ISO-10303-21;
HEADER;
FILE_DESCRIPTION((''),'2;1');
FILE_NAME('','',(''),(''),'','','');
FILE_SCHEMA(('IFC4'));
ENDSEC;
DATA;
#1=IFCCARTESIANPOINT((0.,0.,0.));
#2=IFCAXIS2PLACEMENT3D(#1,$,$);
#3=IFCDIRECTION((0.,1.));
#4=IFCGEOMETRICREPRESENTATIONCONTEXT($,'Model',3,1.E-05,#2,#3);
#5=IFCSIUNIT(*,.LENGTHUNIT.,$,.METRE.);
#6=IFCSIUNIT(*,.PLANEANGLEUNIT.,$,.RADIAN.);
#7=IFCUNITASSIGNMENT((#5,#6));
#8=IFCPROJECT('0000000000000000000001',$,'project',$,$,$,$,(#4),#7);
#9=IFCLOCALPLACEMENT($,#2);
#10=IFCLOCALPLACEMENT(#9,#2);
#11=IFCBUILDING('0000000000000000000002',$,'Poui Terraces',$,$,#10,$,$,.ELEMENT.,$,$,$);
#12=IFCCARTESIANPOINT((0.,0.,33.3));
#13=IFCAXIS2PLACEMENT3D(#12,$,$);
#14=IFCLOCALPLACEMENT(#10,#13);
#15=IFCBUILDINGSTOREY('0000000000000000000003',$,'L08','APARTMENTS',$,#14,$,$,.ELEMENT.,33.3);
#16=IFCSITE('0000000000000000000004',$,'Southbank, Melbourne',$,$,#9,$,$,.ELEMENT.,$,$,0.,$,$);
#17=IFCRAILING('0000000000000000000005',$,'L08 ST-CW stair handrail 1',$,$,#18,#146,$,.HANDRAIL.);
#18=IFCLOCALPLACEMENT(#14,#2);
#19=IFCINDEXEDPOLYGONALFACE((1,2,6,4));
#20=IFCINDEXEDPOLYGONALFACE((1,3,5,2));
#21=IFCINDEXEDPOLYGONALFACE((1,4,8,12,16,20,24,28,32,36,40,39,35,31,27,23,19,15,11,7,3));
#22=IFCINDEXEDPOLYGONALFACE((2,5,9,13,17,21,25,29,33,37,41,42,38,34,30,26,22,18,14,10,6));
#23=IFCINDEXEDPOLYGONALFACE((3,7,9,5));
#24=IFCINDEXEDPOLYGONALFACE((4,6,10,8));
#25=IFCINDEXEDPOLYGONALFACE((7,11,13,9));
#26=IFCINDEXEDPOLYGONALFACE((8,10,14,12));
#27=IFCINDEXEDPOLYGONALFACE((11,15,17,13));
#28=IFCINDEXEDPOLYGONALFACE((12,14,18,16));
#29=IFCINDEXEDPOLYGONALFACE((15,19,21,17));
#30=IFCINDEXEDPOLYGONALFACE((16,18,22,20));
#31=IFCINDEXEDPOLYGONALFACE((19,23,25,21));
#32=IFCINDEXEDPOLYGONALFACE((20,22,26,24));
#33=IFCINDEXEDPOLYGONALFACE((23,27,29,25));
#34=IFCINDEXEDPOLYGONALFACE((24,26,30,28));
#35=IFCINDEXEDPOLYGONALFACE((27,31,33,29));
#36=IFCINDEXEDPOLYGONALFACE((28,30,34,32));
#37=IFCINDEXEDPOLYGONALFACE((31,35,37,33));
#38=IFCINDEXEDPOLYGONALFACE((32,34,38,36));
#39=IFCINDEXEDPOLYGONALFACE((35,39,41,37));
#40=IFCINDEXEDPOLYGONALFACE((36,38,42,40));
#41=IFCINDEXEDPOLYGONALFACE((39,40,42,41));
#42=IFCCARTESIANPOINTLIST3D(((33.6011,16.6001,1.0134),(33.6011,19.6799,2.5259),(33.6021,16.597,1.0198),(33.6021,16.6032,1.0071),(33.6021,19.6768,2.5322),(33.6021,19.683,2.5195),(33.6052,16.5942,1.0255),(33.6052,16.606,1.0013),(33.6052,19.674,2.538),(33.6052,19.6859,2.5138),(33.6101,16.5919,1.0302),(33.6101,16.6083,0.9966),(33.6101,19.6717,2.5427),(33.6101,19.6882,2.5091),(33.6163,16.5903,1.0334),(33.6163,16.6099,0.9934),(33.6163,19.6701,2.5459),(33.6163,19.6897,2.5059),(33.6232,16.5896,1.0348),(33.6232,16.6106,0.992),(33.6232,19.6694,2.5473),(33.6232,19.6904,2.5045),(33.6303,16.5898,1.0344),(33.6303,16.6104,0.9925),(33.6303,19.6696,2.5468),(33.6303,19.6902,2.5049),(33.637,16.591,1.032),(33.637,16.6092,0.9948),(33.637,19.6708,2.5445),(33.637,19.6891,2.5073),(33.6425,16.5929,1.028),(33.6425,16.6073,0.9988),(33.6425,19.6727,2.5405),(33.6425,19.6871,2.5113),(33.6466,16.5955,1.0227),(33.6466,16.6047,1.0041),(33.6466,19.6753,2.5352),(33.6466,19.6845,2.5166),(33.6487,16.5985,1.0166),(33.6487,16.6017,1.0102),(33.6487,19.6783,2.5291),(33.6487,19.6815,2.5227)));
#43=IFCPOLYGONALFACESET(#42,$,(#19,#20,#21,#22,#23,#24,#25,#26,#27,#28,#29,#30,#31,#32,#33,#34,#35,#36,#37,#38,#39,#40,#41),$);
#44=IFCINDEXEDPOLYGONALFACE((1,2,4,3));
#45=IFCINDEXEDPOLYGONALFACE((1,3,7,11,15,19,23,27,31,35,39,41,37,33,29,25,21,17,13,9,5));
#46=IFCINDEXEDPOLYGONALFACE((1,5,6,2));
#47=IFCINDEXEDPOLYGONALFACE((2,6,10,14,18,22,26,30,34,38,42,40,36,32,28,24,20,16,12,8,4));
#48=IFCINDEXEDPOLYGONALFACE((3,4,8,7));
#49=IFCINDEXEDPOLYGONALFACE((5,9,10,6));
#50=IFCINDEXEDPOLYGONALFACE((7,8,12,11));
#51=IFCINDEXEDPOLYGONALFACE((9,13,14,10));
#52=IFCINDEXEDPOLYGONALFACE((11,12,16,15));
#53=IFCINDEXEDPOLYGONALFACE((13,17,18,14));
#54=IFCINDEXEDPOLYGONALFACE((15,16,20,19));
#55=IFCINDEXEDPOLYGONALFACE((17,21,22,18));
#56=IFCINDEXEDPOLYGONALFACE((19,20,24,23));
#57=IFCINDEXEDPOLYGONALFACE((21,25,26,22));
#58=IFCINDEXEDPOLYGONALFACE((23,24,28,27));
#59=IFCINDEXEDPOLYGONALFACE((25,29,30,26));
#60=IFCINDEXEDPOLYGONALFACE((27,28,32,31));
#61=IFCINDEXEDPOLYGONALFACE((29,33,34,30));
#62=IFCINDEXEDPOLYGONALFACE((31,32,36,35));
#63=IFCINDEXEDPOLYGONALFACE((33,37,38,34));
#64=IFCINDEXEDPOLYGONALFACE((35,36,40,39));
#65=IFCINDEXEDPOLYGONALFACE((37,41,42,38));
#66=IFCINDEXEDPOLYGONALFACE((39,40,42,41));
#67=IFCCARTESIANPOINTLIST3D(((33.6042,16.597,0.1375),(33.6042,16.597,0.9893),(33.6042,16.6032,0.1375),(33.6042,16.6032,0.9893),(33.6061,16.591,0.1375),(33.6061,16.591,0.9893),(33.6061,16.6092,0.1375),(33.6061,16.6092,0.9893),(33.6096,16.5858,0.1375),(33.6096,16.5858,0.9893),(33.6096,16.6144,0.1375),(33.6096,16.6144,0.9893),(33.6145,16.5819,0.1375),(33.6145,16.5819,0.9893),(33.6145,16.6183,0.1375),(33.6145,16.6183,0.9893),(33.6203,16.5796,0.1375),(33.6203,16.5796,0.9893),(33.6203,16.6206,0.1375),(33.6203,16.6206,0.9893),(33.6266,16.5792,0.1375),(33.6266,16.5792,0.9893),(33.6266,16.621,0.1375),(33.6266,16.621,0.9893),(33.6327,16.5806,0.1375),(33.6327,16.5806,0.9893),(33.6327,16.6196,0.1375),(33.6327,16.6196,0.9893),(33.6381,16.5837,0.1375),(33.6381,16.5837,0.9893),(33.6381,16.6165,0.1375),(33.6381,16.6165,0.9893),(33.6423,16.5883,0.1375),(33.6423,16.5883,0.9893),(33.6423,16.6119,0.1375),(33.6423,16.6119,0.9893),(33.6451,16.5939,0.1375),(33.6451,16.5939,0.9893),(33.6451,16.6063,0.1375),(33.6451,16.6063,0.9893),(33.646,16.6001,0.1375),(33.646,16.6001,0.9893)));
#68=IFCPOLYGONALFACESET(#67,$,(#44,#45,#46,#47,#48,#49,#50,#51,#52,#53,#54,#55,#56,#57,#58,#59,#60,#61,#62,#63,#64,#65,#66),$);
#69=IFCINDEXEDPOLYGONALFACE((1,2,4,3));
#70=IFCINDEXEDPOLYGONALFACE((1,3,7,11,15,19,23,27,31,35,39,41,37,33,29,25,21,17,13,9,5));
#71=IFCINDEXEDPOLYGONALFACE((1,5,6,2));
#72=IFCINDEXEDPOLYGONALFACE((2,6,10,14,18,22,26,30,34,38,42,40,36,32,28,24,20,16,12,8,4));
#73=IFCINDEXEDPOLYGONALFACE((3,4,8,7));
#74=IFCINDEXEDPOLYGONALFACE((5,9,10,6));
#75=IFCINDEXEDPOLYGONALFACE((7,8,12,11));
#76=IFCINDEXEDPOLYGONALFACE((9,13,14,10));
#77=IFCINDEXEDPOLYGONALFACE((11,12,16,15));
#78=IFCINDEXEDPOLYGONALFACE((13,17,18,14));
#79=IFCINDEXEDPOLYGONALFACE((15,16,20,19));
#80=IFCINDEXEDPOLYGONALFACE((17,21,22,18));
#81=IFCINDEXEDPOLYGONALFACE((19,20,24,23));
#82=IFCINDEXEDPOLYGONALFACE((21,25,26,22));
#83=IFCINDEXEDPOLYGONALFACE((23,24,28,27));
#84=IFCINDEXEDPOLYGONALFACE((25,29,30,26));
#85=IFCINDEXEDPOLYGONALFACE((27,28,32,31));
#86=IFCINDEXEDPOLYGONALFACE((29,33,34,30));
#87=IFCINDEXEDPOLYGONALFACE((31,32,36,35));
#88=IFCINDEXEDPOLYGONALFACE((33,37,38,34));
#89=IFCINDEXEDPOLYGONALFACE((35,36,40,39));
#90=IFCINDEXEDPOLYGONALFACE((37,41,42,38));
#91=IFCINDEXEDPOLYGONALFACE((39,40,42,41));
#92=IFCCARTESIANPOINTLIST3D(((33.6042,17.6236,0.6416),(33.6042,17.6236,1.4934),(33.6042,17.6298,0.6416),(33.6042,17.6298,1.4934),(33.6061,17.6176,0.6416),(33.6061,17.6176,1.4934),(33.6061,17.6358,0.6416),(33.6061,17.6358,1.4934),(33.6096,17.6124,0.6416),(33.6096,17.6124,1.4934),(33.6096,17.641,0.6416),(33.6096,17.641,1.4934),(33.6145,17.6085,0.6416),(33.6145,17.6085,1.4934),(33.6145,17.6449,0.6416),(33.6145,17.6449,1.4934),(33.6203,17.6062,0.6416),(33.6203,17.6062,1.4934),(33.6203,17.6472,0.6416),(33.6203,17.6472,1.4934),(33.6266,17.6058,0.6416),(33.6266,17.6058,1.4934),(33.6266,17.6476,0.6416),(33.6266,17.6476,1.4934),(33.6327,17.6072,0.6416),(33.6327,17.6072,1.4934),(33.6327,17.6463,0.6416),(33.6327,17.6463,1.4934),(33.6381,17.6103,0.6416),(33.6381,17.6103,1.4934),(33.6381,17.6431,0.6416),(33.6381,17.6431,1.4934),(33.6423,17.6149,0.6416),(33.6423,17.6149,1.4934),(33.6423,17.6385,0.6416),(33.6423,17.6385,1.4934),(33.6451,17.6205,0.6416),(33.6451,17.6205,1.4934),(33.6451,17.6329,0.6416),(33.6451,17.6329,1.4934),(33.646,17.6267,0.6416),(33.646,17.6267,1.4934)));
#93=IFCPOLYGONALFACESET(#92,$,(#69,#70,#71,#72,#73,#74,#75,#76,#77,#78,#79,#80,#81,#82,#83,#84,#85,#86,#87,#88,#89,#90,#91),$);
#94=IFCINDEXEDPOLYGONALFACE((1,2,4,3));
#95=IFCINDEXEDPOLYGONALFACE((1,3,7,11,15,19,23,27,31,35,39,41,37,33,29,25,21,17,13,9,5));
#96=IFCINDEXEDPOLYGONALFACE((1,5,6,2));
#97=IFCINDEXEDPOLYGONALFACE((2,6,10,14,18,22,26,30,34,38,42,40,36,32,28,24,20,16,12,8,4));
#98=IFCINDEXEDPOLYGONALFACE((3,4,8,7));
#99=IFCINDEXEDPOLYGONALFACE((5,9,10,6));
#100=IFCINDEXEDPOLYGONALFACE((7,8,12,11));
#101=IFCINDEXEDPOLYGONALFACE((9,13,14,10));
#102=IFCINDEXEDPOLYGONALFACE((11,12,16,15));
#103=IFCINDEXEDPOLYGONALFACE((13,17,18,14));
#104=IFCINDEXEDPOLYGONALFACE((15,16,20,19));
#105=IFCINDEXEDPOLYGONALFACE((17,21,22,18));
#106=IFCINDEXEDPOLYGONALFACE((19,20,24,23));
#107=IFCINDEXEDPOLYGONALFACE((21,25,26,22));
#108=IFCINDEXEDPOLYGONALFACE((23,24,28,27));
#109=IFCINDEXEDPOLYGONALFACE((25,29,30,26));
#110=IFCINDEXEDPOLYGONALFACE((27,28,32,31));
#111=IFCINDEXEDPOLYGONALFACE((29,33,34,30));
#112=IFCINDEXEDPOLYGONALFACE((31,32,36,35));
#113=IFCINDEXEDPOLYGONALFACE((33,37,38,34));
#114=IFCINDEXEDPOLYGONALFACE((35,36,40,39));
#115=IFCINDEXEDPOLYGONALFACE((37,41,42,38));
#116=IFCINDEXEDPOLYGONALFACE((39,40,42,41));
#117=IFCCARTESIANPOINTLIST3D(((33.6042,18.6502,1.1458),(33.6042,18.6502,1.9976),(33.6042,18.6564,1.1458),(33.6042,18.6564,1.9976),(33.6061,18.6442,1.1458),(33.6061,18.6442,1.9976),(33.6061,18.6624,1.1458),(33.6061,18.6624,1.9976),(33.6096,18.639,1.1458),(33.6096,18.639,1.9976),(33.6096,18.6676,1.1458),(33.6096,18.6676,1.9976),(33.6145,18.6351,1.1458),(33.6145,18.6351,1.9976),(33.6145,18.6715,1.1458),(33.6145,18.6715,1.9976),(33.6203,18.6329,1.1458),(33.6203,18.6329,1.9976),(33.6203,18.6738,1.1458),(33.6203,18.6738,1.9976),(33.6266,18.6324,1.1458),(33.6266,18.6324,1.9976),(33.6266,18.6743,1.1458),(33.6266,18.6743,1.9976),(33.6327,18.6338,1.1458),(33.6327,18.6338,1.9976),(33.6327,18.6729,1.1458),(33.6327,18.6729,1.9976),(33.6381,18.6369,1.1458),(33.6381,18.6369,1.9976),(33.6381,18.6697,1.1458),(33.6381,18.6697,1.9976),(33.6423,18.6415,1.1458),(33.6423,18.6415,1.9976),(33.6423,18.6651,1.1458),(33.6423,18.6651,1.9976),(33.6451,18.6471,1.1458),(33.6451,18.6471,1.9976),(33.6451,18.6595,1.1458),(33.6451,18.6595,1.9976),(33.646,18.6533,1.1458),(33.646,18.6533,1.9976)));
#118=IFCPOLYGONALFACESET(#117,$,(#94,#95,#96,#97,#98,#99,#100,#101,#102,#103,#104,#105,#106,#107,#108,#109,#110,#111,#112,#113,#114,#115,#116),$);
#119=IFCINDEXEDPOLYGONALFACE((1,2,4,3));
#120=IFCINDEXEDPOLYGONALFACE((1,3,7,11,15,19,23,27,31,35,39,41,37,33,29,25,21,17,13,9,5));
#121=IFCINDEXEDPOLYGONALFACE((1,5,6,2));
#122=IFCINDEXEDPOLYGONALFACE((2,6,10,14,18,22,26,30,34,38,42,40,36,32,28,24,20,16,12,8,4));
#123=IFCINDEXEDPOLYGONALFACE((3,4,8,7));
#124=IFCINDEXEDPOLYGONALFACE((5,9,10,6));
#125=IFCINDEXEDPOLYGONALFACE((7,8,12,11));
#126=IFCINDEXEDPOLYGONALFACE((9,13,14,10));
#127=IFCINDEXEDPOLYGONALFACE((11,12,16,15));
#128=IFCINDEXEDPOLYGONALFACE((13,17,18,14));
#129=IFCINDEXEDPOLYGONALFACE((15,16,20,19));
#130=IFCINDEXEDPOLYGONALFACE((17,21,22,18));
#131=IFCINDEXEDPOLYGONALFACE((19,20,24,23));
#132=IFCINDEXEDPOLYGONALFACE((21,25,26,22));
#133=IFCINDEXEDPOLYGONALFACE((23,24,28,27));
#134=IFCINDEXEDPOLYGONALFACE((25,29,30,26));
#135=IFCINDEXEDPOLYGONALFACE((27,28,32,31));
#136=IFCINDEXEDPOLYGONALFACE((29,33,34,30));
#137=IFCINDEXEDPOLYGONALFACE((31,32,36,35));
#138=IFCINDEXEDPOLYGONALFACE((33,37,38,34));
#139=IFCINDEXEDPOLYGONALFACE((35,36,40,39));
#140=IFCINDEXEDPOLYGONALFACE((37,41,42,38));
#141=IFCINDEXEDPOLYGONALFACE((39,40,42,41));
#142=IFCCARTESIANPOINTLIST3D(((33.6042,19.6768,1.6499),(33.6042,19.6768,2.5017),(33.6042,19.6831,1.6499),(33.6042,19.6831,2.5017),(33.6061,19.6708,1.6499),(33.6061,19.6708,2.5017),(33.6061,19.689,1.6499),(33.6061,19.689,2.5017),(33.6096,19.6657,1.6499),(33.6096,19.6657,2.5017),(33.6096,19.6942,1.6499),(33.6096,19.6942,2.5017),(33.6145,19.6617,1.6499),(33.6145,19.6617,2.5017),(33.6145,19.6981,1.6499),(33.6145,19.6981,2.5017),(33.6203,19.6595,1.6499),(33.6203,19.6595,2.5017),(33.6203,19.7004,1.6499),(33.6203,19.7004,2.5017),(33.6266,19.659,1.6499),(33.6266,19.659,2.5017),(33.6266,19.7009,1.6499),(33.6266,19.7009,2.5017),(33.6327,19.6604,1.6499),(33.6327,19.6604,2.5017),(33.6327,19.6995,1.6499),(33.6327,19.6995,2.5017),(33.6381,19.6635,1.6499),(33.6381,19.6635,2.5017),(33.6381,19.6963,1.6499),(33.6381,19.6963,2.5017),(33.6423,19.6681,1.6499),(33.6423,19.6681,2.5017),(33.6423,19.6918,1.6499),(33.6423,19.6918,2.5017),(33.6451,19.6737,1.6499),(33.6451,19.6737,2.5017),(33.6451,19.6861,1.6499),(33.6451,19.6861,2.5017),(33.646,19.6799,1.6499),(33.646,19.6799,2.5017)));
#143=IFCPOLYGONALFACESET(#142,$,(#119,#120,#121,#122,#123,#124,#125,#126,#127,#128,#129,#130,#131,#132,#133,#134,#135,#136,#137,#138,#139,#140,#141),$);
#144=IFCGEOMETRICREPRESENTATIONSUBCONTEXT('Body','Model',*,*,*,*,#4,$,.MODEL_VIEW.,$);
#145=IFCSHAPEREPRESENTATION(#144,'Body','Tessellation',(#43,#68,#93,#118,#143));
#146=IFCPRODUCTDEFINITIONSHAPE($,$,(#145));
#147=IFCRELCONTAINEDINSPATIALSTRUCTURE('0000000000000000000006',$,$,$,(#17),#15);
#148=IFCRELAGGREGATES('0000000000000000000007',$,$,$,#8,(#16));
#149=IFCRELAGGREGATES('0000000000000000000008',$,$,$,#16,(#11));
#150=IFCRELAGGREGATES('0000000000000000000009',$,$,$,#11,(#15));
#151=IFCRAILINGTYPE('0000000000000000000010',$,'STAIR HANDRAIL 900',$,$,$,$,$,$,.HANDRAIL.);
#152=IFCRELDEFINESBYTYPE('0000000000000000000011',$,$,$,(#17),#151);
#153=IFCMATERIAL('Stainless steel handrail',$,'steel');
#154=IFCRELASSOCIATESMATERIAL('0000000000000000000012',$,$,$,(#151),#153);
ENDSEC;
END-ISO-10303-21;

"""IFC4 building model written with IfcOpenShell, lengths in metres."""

from ifc_helpers import new_model, si_unit, direction, frame, origin, origin_2d, place, context, subcontext, project, spatial, circle, extrude, material, type_object, element, save


model = new_model("IFC4")

# Units and contexts
model_context = context("Model", 3, precision=1e-05, world=origin(), true_north=direction((0.0, 1.0)))
body_context = subcontext(model_context, "Body", "Model", "MODEL_VIEW")
ifc_project = project(units=[si_unit("LENGTHUNIT", "METRE"), si_unit("PLANEANGLEUNIT", "RADIAN")], contexts=[model_context])

# Site, building, storey
site_placement = place(None, origin())
site = spatial("IfcSite", under=ifc_project, at=site_placement, Name="Southbank, Melbourne", CompositionType="ELEMENT", RefElevation=0.0)
building_placement = place(site_placement, origin())
building = spatial("IfcBuilding", under=site, at=building_placement, Name="Poui Terraces", CompositionType="ELEMENT")
storey_placement = place(building_placement, frame((0.0, 0.0, 33.3)))
storey = spatial("IfcBuildingStorey", under=building, at=storey_placement, Name="L08", Description="APARTMENTS", CompositionType="ELEMENT", Elevation=33.3)

# Railing
ifc_material_1 = material(Name="Stainless steel handrail", Category="steel")
railing_type = type_object("IfcRailingType", Name="STAIR HANDRAIL 900", PredefinedType="HANDRAIL", material=ifc_material_1)
railing_placement = place(storey_placement, frame((33.625, 16.6001, 0.1375)))
element("IfcRailing", 1, at=railing_placement, inside=storey, type_object=railing_type, Name="L08 ST-CW stair handrail 1", PredefinedType="HANDRAIL", context=body_context, shape_type="SweptSolid", body=[
    extrude(circle(Radius=0.0239, at=origin_2d()), frame((0.0, 0.0, 0.876), z_axis=(0.0, 0.897606, 0.440798), x_axis=(-1.0, 0.0, 0.0)), (0.0, 0.0, 1.0), 3.4312),
    extrude(circle(Radius=0.021, at=origin_2d()), origin(), (0.0, 0.0, 1.0), 0.8518),
    extrude(circle(Radius=0.021, at=origin_2d()), frame((0.0, 1.0266, 0.5042)), (0.0, 0.0, 1.0), 0.8518),
    extrude(circle(Radius=0.021, at=origin_2d()), frame((0.0, 2.0532, 1.0083)), (0.0, 0.0, 1.0), 0.8518),
    extrude(circle(Radius=0.021, at=origin_2d()), frame((0.0, 3.0798, 1.5125)), (0.0, 0.0, 1.0), 0.8518),
])

save(model, "model.ifc")
